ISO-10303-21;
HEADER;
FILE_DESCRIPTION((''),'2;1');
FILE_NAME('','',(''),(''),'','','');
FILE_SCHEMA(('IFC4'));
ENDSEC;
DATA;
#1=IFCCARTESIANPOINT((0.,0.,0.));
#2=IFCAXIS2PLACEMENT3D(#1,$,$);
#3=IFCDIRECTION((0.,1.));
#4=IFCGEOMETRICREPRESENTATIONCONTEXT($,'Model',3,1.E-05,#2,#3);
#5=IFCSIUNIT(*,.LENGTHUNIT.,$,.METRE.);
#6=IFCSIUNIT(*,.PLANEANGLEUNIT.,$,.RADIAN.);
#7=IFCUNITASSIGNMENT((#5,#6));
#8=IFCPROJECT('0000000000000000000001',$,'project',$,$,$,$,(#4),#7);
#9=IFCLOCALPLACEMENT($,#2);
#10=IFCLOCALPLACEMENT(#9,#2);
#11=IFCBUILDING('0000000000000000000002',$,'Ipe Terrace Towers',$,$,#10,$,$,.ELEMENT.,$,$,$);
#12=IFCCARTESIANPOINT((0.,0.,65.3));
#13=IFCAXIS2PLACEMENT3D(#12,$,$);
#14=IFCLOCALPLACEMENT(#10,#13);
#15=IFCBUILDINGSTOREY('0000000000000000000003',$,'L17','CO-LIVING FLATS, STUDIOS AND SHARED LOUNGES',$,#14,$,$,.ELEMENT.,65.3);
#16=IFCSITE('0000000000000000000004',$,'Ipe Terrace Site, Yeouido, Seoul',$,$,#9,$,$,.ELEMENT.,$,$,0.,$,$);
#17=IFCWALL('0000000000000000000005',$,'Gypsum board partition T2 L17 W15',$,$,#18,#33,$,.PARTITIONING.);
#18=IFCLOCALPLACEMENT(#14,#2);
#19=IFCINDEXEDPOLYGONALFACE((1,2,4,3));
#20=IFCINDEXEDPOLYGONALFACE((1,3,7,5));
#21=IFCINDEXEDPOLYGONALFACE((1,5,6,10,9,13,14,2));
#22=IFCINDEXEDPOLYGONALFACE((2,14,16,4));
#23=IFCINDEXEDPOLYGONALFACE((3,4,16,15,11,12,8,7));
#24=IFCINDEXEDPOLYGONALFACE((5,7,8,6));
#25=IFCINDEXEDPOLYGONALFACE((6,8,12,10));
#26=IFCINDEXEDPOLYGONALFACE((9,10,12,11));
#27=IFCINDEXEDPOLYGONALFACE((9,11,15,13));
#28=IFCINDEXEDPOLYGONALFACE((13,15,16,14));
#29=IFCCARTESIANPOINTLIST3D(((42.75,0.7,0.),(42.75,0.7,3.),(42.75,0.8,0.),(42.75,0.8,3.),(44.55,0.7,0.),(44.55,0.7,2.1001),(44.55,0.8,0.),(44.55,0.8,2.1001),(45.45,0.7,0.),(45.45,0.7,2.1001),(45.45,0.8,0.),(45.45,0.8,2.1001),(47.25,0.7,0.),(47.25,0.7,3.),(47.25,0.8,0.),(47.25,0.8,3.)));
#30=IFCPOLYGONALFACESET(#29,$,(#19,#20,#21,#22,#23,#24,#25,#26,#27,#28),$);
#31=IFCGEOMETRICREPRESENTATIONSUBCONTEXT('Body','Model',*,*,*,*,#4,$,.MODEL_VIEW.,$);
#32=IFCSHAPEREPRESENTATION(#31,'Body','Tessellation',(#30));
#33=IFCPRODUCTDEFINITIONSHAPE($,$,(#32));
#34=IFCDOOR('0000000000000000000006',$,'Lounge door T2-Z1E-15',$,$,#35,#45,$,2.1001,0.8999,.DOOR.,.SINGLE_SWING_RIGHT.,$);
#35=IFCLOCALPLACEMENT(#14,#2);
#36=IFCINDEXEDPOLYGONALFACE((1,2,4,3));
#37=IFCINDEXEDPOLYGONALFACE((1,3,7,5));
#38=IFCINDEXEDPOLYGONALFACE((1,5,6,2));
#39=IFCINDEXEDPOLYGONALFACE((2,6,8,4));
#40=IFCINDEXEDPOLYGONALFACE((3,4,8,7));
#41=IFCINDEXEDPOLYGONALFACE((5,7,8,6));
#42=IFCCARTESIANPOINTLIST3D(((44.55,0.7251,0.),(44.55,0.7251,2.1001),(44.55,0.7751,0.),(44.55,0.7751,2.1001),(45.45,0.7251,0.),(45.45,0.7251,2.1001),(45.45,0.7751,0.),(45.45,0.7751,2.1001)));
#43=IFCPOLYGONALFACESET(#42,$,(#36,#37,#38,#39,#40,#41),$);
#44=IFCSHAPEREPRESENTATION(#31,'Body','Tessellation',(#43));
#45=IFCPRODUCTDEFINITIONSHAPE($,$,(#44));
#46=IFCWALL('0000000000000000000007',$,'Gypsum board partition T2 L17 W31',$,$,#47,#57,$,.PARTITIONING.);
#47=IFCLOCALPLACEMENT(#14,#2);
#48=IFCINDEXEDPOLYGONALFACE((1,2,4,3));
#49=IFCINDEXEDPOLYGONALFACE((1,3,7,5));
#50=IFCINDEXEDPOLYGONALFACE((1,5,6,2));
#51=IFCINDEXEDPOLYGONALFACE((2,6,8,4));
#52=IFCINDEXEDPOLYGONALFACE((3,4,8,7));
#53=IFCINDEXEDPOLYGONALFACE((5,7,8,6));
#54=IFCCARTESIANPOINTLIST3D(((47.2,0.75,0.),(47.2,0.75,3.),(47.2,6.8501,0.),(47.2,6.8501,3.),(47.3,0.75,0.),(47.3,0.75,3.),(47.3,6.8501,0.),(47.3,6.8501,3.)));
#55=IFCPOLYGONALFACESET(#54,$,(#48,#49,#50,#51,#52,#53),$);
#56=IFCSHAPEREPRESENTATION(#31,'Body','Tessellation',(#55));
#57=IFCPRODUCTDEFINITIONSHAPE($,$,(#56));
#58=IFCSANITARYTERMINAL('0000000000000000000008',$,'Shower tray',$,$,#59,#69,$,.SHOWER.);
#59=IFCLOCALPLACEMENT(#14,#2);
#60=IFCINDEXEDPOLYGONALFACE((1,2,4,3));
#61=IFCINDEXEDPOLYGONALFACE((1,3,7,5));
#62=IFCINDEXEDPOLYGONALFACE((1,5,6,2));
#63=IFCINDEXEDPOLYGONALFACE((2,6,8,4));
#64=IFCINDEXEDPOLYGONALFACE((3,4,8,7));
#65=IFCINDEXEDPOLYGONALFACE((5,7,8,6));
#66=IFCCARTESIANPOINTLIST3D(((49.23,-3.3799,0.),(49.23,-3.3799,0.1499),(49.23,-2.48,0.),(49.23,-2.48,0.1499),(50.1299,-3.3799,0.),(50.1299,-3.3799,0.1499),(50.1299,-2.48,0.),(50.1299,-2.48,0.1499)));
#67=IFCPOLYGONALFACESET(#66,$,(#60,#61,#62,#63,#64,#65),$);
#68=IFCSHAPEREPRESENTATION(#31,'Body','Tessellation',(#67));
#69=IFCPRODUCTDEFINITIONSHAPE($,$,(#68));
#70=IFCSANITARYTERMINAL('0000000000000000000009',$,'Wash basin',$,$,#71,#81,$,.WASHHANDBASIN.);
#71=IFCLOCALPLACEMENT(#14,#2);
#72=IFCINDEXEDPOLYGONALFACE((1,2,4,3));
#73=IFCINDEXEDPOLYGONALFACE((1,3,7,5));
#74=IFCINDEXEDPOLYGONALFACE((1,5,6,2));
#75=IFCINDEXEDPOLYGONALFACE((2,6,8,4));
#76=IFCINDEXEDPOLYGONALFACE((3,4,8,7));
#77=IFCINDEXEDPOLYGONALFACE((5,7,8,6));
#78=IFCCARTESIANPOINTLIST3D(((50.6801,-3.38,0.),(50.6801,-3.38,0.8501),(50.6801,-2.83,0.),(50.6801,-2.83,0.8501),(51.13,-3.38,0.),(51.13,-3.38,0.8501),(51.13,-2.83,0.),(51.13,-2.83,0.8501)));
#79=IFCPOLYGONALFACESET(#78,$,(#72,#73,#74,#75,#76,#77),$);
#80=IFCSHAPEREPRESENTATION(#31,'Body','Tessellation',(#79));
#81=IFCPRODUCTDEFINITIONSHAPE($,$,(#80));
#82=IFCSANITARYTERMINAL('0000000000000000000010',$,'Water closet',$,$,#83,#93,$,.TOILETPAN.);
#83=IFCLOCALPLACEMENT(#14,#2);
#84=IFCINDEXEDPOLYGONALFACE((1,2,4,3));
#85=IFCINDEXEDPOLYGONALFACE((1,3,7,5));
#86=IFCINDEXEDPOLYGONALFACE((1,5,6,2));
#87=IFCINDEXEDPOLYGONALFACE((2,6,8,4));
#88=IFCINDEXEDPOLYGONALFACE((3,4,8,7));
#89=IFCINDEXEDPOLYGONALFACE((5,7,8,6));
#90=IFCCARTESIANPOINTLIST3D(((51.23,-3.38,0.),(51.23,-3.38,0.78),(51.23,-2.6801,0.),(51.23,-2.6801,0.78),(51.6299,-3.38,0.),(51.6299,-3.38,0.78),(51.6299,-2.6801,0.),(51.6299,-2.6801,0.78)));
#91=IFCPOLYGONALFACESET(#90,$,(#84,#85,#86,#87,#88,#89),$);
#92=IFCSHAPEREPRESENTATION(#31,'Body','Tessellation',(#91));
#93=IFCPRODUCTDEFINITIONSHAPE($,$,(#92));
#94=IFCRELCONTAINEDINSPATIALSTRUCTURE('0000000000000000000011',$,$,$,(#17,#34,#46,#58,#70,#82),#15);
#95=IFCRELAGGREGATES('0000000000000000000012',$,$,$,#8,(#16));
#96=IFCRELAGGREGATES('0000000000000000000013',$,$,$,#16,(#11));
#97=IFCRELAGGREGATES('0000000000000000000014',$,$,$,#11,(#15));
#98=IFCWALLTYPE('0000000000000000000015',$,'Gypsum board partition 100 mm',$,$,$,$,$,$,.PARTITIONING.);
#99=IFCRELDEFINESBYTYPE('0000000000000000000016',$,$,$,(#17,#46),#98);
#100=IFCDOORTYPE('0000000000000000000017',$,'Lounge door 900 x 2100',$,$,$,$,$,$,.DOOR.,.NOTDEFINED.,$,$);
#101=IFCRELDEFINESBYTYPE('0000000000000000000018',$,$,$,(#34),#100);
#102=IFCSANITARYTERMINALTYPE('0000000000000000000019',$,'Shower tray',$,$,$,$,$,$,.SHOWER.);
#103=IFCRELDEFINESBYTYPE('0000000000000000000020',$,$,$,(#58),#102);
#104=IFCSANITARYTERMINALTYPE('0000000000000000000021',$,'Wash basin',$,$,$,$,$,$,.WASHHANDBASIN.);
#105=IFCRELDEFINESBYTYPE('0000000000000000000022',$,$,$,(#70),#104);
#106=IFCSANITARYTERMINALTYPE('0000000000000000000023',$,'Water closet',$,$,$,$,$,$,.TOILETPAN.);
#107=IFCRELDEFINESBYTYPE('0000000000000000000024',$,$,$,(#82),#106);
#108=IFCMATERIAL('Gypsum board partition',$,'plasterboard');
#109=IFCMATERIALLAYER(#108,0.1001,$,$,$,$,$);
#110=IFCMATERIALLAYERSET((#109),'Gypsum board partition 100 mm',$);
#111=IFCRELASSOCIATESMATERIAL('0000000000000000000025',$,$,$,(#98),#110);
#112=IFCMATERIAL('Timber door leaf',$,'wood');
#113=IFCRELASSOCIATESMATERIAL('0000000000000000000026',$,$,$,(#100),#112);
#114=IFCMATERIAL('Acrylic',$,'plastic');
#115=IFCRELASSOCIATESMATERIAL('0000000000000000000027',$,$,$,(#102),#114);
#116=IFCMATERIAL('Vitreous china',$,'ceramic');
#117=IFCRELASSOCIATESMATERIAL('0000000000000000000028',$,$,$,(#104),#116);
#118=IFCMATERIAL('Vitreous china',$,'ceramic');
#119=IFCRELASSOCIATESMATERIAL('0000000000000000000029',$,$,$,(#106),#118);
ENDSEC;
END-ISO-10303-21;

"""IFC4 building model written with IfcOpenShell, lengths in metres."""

from ifc_helpers import new_model, si_unit, direction, frame, frame_2d, origin, origin_2d, place, context, subcontext, project, spatial, rectangle, extrude, material, layer, layer_set, type_object, element, fill, save


model = new_model("IFC4")

# Units and contexts
model_context = context("Model", 3, precision=1e-05, world=origin(), true_north=direction((0.0, 1.0)))
body_context = subcontext(model_context, "Body", "Model", "MODEL_VIEW")
ifc_project = project(units=[si_unit("LENGTHUNIT", "METRE"), si_unit("PLANEANGLEUNIT", "RADIAN")], contexts=[model_context])

# Site, building, storey
site_placement = place(None, origin())
site = spatial("IfcSite", under=ifc_project, at=site_placement, Name="Ipe Terrace Site, Yeouido, Seoul", CompositionType="ELEMENT", RefElevation=0.0)
building_placement = place(site_placement, origin())
building = spatial("IfcBuilding", under=site, at=building_placement, Name="Ipe Terrace Towers", CompositionType="ELEMENT")
storey_placement = place(building_placement, frame((0.0, 0.0, 65.3)))
storey = spatial("IfcBuildingStorey", under=building, at=storey_placement, Name="L17", Description="CO-LIVING FLATS, STUDIOS AND SHARED LOUNGES", CompositionType="ELEMENT", Elevation=65.3)

# Shared definitions
ifc_material_1 = material(Name="Gypsum board partition", Category="plasterboard")
ifc_layer_1 = layer(ifc_material_1, 0.1001)
ifc_layer_set_1 = layer_set([ifc_layer_1], Name="Gypsum board partition 100 mm")
wall_type_1 = type_object("IfcWallType", Name="Gypsum board partition 100 mm", PredefinedType="PARTITIONING", material=ifc_layer_set_1)

# Wall, opening, door
ifc_material_2 = material(Name="Timber door leaf", Category="wood")
door_type_1 = type_object("IfcDoorType", Name="Lounge door 900 x 2100", OperationType="NOTDEFINED", PredefinedType="DOOR", material=ifc_material_2)
wall_1_placement = place(storey_placement, frame((47.25, 0.75, 0.0), z_axis=(0.0, 0.0, 1.0), x_axis=(-1.0, 0.0, 0.0)))
wall_1 = element("IfcWall", 1, at=wall_1_placement, inside=storey, type_object=wall_type_1, Name="Gypsum board partition T2 L17 W15", PredefinedType="PARTITIONING", context=body_context, shape_type="SweptSolid", body=[
    extrude(rectangle(XDim=4.5, YDim=0.1001, at=frame_2d((2.25, 0.0))), origin(), (0.0, 0.0, 1.0), 3.0),
])
opening_1_placement = place(wall_1_placement, frame((1.8, 0.0, 0.0)))
opening_1 = element("IfcOpeningElement", 2, at=opening_1_placement, cuts=wall_1, PredefinedType="OPENING", context=body_context, shape_type="SweptSolid", body=[
    extrude(rectangle(XDim=0.8999, YDim=2.1001, at=frame_2d((0.45, 1.05))), frame((0.0, 0.0601, 0.0), z_axis=(0.0, -1.0, 0.0), x_axis=(1.0, 0.0, 0.0)), (0.0, 0.0, 1.0), 0.1201),
])
door_1_placement = place(opening_1_placement, origin())
door_1 = element("IfcDoor", 3, at=door_1_placement, inside=storey, type_object=door_type_1, Name="Lounge door T2-Z1E-15", OperationType="SINGLE_SWING_RIGHT", OverallHeight=2.1001, OverallWidth=0.8999, PredefinedType="DOOR", context=body_context, shape_type="SweptSolid", body=[
    extrude(rectangle(XDim=0.8999, YDim=2.1001, at=frame_2d((0.45, 1.05))), frame((0.0, 0.0249, 0.0), z_axis=(0.0, -1.0, 0.0), x_axis=(1.0, 0.0, 0.0)), (0.0, 0.0, 1.0), 0.05),
])
fill(opening_1, door_1)

# Wall
wall_2_placement = place(storey_placement, frame((47.25, 0.75, 0.0), z_axis=(0.0, 0.0, 1.0), x_axis=(0.0, 1.0, 0.0)))
element("IfcWall", 4, at=wall_2_placement, inside=storey, type_object=wall_type_1, Name="Gypsum board partition T2 L17 W31", PredefinedType="PARTITIONING", context=body_context, shape_type="SweptSolid", body=[
    extrude(rectangle(XDim=6.1001, YDim=0.1001, at=frame_2d((3.05, 0.0))), origin(), (0.0, 0.0, 1.0), 3.0),
])

# Sanitary terminals
ifc_material_3 = material(Name="Acrylic", Category="plastic")
sanitary_terminal_type_1 = type_object("IfcSanitaryTerminalType", Name="Shower tray", PredefinedType="SHOWER", material=ifc_material_3)
sanitary_terminal_1_placement = place(storey_placement, frame((49.6799, -2.9299, 0.0), z_axis=(0.0, 0.0, 1.0), x_axis=(0.0, 1.0, 0.0)))
element("IfcSanitaryTerminal", 5, at=sanitary_terminal_1_placement, inside=storey, type_object=sanitary_terminal_type_1, Name="Shower tray", PredefinedType="SHOWER", context=body_context, shape_type="SweptSolid", body=[
    extrude(rectangle(XDim=0.8999, YDim=0.8999, at=origin_2d()), origin(), (0.0, 0.0, 1.0), 0.1499),
])
ifc_material_4 = material(Name="Vitreous china", Category="ceramic")
sanitary_terminal_type_2 = type_object("IfcSanitaryTerminalType", Name="Wash basin", PredefinedType="WASHHANDBASIN", material=ifc_material_4)
sanitary_terminal_2_placement = place(storey_placement, frame((50.905, -3.105, 0.0), z_axis=(0.0, 0.0, 1.0), x_axis=(0.0, 1.0, 0.0)))
element("IfcSanitaryTerminal", 6, at=sanitary_terminal_2_placement, inside=storey, type_object=sanitary_terminal_type_2, Name="Wash basin", PredefinedType="WASHHANDBASIN", context=body_context, shape_type="SweptSolid", body=[
    extrude(rectangle(XDim=0.55, YDim=0.45, at=origin_2d()), origin(), (0.0, 0.0, 1.0), 0.8501),
])
ifc_material_5 = material(Name="Vitreous china", Category="ceramic")
sanitary_terminal_type_3 = type_object("IfcSanitaryTerminalType", Name="Water closet", PredefinedType="TOILETPAN", material=ifc_material_5)
sanitary_terminal_3_placement = place(storey_placement, frame((51.4299, -3.03, 0.0), z_axis=(0.0, 0.0, 1.0), x_axis=(0.0, 1.0, 0.0)))
element("IfcSanitaryTerminal", 7, at=sanitary_terminal_3_placement, inside=storey, type_object=sanitary_terminal_type_3, Name="Water closet", PredefinedType="TOILETPAN", context=body_context, shape_type="SweptSolid", body=[
    extrude(rectangle(XDim=0.7, YDim=0.3999, at=origin_2d()), origin(), (0.0, 0.0, 1.0), 0.78),
])

save(model, "model.ifc")
